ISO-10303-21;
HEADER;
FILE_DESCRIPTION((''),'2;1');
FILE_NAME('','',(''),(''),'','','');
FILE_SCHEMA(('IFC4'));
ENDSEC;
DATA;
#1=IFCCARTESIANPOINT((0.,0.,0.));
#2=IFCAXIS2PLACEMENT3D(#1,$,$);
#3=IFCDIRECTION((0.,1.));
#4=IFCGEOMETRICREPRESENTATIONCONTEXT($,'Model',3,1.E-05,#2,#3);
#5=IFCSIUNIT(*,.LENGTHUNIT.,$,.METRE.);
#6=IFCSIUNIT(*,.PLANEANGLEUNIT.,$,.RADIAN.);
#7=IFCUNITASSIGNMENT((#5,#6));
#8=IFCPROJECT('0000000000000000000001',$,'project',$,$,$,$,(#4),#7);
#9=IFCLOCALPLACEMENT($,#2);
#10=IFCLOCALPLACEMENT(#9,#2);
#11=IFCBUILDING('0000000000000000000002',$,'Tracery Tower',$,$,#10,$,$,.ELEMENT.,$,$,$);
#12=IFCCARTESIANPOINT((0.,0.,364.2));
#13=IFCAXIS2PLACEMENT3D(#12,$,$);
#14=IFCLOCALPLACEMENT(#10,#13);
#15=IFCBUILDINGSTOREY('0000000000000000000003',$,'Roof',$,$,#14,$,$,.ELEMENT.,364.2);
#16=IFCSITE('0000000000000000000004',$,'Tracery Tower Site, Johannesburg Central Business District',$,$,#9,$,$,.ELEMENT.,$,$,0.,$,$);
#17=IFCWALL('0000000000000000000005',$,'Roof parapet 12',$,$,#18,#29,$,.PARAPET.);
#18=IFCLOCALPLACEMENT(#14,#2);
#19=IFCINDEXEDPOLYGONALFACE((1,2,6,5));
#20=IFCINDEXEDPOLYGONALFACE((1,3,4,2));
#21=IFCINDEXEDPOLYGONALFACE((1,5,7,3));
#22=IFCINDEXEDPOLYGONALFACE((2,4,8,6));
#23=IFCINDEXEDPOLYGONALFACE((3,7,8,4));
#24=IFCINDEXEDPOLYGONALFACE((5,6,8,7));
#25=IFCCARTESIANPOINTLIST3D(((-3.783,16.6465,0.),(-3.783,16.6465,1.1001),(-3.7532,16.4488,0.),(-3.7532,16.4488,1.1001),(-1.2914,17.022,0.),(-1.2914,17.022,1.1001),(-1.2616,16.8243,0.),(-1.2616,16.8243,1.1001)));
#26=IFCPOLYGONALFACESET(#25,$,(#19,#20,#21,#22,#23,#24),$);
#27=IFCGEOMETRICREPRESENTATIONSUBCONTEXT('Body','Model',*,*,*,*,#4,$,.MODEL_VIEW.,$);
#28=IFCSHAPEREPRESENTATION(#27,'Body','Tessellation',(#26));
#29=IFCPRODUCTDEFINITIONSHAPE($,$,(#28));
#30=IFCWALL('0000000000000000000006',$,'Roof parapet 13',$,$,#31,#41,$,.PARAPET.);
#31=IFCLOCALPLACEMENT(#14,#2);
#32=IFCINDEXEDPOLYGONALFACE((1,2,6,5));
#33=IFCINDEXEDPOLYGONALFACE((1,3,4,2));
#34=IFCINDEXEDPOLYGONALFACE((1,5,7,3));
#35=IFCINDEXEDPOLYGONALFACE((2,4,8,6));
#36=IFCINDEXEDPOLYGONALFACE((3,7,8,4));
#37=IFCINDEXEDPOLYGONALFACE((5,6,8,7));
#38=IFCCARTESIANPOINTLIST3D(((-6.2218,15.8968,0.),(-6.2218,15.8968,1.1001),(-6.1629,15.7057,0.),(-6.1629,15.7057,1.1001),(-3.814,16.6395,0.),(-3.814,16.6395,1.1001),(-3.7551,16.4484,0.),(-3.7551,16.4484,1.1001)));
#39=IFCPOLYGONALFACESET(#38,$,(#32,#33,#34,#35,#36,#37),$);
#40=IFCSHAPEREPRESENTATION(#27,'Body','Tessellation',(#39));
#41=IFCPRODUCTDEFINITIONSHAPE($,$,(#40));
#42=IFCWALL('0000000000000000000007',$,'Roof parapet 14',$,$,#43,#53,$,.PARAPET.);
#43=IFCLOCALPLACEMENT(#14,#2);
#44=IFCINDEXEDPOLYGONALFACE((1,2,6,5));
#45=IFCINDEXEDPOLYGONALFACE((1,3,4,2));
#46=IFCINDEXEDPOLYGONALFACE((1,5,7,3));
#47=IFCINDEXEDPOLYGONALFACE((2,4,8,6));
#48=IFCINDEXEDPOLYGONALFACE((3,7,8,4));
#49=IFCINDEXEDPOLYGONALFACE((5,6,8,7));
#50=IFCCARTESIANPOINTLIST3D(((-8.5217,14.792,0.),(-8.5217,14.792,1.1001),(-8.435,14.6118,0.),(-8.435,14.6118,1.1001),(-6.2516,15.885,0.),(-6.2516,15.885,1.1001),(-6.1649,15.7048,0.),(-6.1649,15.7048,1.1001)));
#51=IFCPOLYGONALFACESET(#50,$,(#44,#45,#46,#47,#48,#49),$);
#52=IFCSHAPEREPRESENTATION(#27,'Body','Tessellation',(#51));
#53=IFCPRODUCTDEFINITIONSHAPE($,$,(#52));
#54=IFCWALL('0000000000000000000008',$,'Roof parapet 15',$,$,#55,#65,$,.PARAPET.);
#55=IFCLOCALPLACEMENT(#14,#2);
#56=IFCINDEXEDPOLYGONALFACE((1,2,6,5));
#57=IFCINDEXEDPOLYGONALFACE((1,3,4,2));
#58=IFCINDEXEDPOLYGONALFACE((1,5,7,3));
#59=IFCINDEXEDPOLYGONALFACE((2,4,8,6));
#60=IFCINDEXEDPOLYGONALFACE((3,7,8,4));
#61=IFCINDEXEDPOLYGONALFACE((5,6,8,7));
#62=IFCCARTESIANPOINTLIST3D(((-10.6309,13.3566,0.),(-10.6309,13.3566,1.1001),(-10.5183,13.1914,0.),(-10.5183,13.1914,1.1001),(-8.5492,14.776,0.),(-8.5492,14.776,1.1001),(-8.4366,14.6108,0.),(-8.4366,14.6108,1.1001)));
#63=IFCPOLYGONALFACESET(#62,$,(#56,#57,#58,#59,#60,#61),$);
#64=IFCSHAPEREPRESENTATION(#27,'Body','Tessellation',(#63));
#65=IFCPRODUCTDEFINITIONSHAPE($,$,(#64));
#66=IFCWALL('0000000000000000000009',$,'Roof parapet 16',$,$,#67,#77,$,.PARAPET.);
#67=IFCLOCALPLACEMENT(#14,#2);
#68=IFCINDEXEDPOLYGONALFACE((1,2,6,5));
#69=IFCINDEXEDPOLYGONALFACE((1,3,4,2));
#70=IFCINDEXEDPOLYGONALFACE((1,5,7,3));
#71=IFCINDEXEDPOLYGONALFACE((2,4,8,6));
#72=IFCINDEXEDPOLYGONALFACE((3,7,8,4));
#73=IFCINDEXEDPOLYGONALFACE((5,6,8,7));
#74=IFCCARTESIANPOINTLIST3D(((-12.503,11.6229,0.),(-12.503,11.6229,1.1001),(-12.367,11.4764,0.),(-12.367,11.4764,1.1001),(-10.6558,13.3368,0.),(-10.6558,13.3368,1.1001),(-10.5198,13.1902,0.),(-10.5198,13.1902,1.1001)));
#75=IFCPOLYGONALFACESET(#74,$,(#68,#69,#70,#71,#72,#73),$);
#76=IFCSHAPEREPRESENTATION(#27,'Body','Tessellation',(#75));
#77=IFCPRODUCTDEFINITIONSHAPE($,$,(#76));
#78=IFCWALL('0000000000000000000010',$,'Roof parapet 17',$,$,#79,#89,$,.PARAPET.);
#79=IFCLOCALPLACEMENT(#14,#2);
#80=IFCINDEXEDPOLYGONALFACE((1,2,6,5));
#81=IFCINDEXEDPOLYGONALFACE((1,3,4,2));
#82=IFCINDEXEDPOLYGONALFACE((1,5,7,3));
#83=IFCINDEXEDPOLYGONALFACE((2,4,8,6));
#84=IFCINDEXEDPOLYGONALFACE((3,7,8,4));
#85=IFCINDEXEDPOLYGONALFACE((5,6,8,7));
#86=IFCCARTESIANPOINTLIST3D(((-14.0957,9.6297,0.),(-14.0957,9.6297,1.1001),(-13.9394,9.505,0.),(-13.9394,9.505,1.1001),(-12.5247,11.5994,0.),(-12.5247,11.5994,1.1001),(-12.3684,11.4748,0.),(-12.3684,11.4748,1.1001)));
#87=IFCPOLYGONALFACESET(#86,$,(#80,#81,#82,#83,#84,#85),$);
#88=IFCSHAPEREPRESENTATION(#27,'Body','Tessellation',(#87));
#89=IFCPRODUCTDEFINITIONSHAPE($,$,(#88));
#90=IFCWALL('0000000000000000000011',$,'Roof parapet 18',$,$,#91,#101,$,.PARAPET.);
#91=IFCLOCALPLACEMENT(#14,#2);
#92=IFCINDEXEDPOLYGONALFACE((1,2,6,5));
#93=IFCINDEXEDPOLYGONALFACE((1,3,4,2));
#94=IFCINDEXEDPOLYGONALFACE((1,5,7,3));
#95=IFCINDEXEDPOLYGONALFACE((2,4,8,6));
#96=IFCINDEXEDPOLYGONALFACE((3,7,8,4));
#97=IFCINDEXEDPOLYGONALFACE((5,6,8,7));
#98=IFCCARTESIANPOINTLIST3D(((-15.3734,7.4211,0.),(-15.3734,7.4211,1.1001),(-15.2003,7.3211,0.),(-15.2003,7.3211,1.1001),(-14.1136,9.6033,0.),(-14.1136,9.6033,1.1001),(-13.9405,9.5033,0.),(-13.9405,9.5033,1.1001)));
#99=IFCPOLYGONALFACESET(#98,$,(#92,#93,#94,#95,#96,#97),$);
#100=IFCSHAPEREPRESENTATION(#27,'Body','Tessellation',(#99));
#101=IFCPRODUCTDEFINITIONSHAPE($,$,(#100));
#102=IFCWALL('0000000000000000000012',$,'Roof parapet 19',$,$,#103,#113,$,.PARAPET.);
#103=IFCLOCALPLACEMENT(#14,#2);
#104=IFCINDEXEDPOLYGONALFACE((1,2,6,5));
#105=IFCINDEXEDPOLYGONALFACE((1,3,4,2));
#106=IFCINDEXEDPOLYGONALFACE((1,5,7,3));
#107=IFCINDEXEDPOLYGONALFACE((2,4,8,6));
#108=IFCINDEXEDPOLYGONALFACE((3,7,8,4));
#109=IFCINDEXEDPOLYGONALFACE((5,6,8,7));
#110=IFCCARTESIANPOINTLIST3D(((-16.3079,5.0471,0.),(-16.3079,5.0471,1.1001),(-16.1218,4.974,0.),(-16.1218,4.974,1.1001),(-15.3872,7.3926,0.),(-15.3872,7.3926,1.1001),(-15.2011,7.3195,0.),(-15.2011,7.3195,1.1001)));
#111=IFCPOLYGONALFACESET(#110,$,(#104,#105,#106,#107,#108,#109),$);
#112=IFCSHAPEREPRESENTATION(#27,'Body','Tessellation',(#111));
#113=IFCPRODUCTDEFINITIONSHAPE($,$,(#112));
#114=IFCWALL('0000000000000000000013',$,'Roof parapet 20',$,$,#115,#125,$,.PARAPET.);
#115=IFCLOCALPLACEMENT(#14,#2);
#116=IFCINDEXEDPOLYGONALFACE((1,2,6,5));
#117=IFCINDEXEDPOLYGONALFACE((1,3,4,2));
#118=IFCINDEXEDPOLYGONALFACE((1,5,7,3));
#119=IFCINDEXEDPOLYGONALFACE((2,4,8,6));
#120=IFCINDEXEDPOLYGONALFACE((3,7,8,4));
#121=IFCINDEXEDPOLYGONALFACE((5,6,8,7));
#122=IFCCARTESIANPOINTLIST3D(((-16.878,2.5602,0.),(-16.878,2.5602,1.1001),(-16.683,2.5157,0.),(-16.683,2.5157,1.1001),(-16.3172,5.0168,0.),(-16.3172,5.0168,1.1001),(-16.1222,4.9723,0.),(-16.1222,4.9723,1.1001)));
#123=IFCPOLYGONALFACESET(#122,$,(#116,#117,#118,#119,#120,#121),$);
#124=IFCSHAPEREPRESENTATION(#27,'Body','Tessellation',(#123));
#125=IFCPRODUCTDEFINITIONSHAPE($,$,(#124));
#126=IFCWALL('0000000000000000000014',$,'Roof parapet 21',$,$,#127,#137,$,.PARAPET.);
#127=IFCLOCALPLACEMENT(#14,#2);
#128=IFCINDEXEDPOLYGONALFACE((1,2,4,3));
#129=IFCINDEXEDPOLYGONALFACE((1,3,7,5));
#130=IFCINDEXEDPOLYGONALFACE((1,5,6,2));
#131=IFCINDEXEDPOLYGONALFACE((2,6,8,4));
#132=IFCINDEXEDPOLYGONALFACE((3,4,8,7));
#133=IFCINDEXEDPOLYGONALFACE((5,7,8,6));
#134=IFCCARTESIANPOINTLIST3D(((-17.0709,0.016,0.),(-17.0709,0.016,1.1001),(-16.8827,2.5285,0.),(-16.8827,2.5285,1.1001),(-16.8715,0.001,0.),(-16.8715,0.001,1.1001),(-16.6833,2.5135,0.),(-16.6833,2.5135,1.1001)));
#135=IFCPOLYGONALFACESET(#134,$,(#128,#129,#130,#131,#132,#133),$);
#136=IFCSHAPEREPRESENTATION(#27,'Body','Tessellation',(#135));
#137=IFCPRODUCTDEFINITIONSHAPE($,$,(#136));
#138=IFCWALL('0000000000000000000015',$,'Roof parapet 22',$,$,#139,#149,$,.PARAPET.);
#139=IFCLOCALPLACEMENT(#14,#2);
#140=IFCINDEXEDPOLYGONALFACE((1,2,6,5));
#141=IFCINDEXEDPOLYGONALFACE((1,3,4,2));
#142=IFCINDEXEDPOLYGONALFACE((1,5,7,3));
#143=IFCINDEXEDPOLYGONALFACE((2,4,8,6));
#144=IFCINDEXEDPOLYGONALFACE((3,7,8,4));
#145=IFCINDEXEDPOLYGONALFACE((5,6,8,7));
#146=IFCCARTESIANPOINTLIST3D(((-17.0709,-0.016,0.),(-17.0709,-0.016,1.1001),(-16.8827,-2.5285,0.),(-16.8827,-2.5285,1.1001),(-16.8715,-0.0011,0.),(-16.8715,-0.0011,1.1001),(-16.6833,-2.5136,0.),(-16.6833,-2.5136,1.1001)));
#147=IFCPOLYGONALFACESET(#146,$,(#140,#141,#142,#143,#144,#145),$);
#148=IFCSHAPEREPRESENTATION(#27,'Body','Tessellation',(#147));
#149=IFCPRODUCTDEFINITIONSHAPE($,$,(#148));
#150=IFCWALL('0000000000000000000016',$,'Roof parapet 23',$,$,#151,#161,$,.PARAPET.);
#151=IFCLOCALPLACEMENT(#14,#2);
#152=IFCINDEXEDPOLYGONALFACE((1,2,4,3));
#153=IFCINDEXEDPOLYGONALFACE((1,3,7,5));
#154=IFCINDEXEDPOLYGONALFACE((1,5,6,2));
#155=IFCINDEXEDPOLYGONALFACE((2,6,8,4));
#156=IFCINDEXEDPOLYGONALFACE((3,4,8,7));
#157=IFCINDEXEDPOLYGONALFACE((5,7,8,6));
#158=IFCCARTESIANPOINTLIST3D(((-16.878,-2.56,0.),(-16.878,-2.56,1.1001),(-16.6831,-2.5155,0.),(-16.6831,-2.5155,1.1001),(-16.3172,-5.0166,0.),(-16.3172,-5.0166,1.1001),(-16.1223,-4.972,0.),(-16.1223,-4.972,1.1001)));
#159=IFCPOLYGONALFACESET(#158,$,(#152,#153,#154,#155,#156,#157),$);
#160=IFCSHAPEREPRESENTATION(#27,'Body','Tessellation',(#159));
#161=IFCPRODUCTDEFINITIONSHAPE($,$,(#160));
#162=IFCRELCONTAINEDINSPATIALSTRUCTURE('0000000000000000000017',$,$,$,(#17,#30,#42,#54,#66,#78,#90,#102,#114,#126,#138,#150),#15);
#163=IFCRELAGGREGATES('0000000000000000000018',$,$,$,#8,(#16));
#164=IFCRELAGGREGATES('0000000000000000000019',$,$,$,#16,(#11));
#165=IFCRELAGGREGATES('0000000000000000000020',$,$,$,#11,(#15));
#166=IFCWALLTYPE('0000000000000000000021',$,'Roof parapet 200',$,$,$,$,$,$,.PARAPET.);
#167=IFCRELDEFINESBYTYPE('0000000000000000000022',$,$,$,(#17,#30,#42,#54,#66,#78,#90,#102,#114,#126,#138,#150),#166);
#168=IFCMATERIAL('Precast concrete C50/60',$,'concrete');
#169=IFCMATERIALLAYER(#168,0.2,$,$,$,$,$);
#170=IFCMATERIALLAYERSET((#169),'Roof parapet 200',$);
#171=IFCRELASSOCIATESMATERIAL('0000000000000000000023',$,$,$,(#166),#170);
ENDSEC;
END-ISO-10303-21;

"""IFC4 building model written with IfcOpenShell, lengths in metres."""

from ifc_helpers import new_model, si_unit, direction, frame, frame_2d, origin, place, context, subcontext, project, spatial, rectangle, extrude, material, layer, layer_set, type_object, element, save


model = new_model("IFC4")

# Units and contexts
model_context = context("Model", 3, precision=1e-05, world=origin(), true_north=direction((0.0, 1.0)))
body_context = subcontext(model_context, "Body", "Model", "MODEL_VIEW")
ifc_project = project(units=[si_unit("LENGTHUNIT", "METRE"), si_unit("PLANEANGLEUNIT", "RADIAN")], contexts=[model_context])

# Site, building, storey
site_placement = place(None, origin())
site = spatial("IfcSite", under=ifc_project, at=site_placement, Name="Tracery Tower Site, Johannesburg Central Business District", CompositionType="ELEMENT", RefElevation=0.0)
building_placement = place(site_placement, origin())
building = spatial("IfcBuilding", under=site, at=building_placement, Name="Tracery Tower", CompositionType="ELEMENT")
storey_placement = place(building_placement, frame((0.0, 0.0, 364.2)))
storey = spatial("IfcBuildingStorey", under=building, at=storey_placement, Name="Roof", CompositionType="ELEMENT", Elevation=364.2)

# Walls
ifc_material_1 = material(Name="Precast concrete C50/60", Category="concrete")
ifc_layer_1 = layer(ifc_material_1, 0.2)
ifc_layer_set_1 = layer_set([ifc_layer_1], Name="Roof parapet 200")
wall_type = type_object("IfcWallType", Name="Roof parapet 200", PredefinedType="PARAPET", material=ifc_layer_set_1)
for number, where, z_axis, x_axis, name in (
    (1, (-1.2766, 16.9231, 0.0), (0.0, 0.0, 1.0), (-0.988835, -0.149013, 0.0), "Roof parapet 12"),
    (2, (-3.7847, 16.5439, 0.0), (0.0, 0.0, 1.0), (-0.955573, -0.294753, 0.0), "Roof parapet 13"),
):
    element("IfcWall", number, at=place(storey_placement, frame(where, z_axis=z_axis, x_axis=x_axis)), inside=storey, type_object=wall_type, Name=name, PredefinedType="PARAPET", context=body_context, shape_type="SweptSolid", body=[
        extrude(rectangle(XDim=2.5198, YDim=0.2, at=frame_2d((1.2598, 0.0))), origin(), (0.0, 0.0, 1.0), 1.1001),
    ])
for number, where, z_axis, x_axis, name in (
    (3, (-6.2083, 15.7949, 0.0), (0.0, 0.0, 1.0), (-0.900995, -0.43383, 0.0), "Roof parapet 14"),
    (4, (-8.4929, 14.6934, 0.0), (0.0, 0.0, 1.0), (-0.826221, -0.563346, 0.0), "Roof parapet 15"),
):
    element("IfcWall", number, at=place(storey_placement, frame(where, z_axis=z_axis, x_axis=x_axis)), inside=storey, type_object=wall_type, Name=name, PredefinedType="PARAPET", context=body_context, shape_type="SweptSolid", body=[
        extrude(rectangle(XDim=2.5195, YDim=0.2, at=frame_2d((1.2598, 0.0))), origin(), (0.0, 0.0, 1.0), 1.1001),
    ])
wall_1_placement = place(storey_placement, frame((-10.5879, 13.2634, 0.0), z_axis=(0.0, 0.0, 1.0), x_axis=(-0.733063, -0.680161, 0.0)))
element("IfcWall", 5, at=wall_1_placement, inside=storey, type_object=wall_type, Name="Roof parapet 16", PredefinedType="PARAPET", context=body_context, shape_type="SweptSolid", body=[
    extrude(rectangle(XDim=2.5198, YDim=0.2, at=frame_2d((1.2598, 0.0))), origin(), (0.0, 0.0, 1.0), 1.1001),
])
wall_2_placement = place(storey_placement, frame((-12.4465, 11.5371, 0.0), z_axis=(0.0, 0.0, 1.0), x_axis=(-0.623548, -0.781785, 0.0)))
element("IfcWall", 6, at=wall_2_placement, inside=storey, type_object=wall_type, Name="Roof parapet 17", PredefinedType="PARAPET", context=body_context, shape_type="SweptSolid", body=[
    extrude(rectangle(XDim=2.5195, YDim=0.2, at=frame_2d((1.2598, 0.0))), origin(), (0.0, 0.0, 1.0), 1.1001),
])
for number, where, z_axis, x_axis, name in (
    (7, (-14.0271, 9.5532, 0.0), (0.0, 0.0, 1.0), (-0.499974, -0.86604, 0.0), "Roof parapet 18"),
    (8, (-15.2942, 7.356, 0.0), (0.0, 0.0, 1.0), (-0.365386, -0.930856, 0.0), "Roof parapet 19"),
    (9, (-16.2197, 4.9944, 0.0), (0.0, 0.0, 1.0), (-0.222559, -0.974919, 0.0), "Roof parapet 20"),
):
    element("IfcWall", number, at=place(storey_placement, frame(where, z_axis=z_axis, x_axis=x_axis)), inside=storey, type_object=wall_type, Name=name, PredefinedType="PARAPET", context=body_context, shape_type="SweptSolid", body=[
        extrude(rectangle(XDim=2.5198, YDim=0.2, at=frame_2d((1.2598, 0.0))), origin(), (0.0, 0.0, 1.0), 1.1001),
    ])
for number, where, z_axis, x_axis, name in (
    (10, (-16.783, 2.521, 0.0), (0.0, 0.0, 1.0), (-0.07471, -0.997205, 0.0), "Roof parapet 21"),
    (11, (-16.9712, -0.0085, 0.0), (0.0, 0.0, 1.0), (0.07471, -0.997205, 0.0), "Roof parapet 22"),
):
    element("IfcWall", number, at=place(storey_placement, frame(where, z_axis=z_axis, x_axis=x_axis)), inside=storey, type_object=wall_type, Name=name, PredefinedType="PARAPET", context=body_context, shape_type="SweptSolid", body=[
        extrude(rectangle(XDim=2.5195, YDim=0.2, at=frame_2d((1.2598, 0.0))), origin(), (0.0, 0.0, 1.0), 1.1001),
    ])
wall_3_placement = place(storey_placement, frame((-16.7805, -2.5378, 0.0), z_axis=(0.0, 0.0, 1.0), x_axis=(0.222559, -0.974919, 0.0)))
element("IfcWall", 12, at=wall_3_placement, inside=storey, type_object=wall_type, Name="Roof parapet 23", PredefinedType="PARAPET", context=body_context, shape_type="SweptSolid", body=[
    extrude(rectangle(XDim=2.5198, YDim=0.2, at=frame_2d((1.2598, 0.0))), origin(), (0.0, 0.0, 1.0), 1.1001),
])

save(model, "model.ifc")
